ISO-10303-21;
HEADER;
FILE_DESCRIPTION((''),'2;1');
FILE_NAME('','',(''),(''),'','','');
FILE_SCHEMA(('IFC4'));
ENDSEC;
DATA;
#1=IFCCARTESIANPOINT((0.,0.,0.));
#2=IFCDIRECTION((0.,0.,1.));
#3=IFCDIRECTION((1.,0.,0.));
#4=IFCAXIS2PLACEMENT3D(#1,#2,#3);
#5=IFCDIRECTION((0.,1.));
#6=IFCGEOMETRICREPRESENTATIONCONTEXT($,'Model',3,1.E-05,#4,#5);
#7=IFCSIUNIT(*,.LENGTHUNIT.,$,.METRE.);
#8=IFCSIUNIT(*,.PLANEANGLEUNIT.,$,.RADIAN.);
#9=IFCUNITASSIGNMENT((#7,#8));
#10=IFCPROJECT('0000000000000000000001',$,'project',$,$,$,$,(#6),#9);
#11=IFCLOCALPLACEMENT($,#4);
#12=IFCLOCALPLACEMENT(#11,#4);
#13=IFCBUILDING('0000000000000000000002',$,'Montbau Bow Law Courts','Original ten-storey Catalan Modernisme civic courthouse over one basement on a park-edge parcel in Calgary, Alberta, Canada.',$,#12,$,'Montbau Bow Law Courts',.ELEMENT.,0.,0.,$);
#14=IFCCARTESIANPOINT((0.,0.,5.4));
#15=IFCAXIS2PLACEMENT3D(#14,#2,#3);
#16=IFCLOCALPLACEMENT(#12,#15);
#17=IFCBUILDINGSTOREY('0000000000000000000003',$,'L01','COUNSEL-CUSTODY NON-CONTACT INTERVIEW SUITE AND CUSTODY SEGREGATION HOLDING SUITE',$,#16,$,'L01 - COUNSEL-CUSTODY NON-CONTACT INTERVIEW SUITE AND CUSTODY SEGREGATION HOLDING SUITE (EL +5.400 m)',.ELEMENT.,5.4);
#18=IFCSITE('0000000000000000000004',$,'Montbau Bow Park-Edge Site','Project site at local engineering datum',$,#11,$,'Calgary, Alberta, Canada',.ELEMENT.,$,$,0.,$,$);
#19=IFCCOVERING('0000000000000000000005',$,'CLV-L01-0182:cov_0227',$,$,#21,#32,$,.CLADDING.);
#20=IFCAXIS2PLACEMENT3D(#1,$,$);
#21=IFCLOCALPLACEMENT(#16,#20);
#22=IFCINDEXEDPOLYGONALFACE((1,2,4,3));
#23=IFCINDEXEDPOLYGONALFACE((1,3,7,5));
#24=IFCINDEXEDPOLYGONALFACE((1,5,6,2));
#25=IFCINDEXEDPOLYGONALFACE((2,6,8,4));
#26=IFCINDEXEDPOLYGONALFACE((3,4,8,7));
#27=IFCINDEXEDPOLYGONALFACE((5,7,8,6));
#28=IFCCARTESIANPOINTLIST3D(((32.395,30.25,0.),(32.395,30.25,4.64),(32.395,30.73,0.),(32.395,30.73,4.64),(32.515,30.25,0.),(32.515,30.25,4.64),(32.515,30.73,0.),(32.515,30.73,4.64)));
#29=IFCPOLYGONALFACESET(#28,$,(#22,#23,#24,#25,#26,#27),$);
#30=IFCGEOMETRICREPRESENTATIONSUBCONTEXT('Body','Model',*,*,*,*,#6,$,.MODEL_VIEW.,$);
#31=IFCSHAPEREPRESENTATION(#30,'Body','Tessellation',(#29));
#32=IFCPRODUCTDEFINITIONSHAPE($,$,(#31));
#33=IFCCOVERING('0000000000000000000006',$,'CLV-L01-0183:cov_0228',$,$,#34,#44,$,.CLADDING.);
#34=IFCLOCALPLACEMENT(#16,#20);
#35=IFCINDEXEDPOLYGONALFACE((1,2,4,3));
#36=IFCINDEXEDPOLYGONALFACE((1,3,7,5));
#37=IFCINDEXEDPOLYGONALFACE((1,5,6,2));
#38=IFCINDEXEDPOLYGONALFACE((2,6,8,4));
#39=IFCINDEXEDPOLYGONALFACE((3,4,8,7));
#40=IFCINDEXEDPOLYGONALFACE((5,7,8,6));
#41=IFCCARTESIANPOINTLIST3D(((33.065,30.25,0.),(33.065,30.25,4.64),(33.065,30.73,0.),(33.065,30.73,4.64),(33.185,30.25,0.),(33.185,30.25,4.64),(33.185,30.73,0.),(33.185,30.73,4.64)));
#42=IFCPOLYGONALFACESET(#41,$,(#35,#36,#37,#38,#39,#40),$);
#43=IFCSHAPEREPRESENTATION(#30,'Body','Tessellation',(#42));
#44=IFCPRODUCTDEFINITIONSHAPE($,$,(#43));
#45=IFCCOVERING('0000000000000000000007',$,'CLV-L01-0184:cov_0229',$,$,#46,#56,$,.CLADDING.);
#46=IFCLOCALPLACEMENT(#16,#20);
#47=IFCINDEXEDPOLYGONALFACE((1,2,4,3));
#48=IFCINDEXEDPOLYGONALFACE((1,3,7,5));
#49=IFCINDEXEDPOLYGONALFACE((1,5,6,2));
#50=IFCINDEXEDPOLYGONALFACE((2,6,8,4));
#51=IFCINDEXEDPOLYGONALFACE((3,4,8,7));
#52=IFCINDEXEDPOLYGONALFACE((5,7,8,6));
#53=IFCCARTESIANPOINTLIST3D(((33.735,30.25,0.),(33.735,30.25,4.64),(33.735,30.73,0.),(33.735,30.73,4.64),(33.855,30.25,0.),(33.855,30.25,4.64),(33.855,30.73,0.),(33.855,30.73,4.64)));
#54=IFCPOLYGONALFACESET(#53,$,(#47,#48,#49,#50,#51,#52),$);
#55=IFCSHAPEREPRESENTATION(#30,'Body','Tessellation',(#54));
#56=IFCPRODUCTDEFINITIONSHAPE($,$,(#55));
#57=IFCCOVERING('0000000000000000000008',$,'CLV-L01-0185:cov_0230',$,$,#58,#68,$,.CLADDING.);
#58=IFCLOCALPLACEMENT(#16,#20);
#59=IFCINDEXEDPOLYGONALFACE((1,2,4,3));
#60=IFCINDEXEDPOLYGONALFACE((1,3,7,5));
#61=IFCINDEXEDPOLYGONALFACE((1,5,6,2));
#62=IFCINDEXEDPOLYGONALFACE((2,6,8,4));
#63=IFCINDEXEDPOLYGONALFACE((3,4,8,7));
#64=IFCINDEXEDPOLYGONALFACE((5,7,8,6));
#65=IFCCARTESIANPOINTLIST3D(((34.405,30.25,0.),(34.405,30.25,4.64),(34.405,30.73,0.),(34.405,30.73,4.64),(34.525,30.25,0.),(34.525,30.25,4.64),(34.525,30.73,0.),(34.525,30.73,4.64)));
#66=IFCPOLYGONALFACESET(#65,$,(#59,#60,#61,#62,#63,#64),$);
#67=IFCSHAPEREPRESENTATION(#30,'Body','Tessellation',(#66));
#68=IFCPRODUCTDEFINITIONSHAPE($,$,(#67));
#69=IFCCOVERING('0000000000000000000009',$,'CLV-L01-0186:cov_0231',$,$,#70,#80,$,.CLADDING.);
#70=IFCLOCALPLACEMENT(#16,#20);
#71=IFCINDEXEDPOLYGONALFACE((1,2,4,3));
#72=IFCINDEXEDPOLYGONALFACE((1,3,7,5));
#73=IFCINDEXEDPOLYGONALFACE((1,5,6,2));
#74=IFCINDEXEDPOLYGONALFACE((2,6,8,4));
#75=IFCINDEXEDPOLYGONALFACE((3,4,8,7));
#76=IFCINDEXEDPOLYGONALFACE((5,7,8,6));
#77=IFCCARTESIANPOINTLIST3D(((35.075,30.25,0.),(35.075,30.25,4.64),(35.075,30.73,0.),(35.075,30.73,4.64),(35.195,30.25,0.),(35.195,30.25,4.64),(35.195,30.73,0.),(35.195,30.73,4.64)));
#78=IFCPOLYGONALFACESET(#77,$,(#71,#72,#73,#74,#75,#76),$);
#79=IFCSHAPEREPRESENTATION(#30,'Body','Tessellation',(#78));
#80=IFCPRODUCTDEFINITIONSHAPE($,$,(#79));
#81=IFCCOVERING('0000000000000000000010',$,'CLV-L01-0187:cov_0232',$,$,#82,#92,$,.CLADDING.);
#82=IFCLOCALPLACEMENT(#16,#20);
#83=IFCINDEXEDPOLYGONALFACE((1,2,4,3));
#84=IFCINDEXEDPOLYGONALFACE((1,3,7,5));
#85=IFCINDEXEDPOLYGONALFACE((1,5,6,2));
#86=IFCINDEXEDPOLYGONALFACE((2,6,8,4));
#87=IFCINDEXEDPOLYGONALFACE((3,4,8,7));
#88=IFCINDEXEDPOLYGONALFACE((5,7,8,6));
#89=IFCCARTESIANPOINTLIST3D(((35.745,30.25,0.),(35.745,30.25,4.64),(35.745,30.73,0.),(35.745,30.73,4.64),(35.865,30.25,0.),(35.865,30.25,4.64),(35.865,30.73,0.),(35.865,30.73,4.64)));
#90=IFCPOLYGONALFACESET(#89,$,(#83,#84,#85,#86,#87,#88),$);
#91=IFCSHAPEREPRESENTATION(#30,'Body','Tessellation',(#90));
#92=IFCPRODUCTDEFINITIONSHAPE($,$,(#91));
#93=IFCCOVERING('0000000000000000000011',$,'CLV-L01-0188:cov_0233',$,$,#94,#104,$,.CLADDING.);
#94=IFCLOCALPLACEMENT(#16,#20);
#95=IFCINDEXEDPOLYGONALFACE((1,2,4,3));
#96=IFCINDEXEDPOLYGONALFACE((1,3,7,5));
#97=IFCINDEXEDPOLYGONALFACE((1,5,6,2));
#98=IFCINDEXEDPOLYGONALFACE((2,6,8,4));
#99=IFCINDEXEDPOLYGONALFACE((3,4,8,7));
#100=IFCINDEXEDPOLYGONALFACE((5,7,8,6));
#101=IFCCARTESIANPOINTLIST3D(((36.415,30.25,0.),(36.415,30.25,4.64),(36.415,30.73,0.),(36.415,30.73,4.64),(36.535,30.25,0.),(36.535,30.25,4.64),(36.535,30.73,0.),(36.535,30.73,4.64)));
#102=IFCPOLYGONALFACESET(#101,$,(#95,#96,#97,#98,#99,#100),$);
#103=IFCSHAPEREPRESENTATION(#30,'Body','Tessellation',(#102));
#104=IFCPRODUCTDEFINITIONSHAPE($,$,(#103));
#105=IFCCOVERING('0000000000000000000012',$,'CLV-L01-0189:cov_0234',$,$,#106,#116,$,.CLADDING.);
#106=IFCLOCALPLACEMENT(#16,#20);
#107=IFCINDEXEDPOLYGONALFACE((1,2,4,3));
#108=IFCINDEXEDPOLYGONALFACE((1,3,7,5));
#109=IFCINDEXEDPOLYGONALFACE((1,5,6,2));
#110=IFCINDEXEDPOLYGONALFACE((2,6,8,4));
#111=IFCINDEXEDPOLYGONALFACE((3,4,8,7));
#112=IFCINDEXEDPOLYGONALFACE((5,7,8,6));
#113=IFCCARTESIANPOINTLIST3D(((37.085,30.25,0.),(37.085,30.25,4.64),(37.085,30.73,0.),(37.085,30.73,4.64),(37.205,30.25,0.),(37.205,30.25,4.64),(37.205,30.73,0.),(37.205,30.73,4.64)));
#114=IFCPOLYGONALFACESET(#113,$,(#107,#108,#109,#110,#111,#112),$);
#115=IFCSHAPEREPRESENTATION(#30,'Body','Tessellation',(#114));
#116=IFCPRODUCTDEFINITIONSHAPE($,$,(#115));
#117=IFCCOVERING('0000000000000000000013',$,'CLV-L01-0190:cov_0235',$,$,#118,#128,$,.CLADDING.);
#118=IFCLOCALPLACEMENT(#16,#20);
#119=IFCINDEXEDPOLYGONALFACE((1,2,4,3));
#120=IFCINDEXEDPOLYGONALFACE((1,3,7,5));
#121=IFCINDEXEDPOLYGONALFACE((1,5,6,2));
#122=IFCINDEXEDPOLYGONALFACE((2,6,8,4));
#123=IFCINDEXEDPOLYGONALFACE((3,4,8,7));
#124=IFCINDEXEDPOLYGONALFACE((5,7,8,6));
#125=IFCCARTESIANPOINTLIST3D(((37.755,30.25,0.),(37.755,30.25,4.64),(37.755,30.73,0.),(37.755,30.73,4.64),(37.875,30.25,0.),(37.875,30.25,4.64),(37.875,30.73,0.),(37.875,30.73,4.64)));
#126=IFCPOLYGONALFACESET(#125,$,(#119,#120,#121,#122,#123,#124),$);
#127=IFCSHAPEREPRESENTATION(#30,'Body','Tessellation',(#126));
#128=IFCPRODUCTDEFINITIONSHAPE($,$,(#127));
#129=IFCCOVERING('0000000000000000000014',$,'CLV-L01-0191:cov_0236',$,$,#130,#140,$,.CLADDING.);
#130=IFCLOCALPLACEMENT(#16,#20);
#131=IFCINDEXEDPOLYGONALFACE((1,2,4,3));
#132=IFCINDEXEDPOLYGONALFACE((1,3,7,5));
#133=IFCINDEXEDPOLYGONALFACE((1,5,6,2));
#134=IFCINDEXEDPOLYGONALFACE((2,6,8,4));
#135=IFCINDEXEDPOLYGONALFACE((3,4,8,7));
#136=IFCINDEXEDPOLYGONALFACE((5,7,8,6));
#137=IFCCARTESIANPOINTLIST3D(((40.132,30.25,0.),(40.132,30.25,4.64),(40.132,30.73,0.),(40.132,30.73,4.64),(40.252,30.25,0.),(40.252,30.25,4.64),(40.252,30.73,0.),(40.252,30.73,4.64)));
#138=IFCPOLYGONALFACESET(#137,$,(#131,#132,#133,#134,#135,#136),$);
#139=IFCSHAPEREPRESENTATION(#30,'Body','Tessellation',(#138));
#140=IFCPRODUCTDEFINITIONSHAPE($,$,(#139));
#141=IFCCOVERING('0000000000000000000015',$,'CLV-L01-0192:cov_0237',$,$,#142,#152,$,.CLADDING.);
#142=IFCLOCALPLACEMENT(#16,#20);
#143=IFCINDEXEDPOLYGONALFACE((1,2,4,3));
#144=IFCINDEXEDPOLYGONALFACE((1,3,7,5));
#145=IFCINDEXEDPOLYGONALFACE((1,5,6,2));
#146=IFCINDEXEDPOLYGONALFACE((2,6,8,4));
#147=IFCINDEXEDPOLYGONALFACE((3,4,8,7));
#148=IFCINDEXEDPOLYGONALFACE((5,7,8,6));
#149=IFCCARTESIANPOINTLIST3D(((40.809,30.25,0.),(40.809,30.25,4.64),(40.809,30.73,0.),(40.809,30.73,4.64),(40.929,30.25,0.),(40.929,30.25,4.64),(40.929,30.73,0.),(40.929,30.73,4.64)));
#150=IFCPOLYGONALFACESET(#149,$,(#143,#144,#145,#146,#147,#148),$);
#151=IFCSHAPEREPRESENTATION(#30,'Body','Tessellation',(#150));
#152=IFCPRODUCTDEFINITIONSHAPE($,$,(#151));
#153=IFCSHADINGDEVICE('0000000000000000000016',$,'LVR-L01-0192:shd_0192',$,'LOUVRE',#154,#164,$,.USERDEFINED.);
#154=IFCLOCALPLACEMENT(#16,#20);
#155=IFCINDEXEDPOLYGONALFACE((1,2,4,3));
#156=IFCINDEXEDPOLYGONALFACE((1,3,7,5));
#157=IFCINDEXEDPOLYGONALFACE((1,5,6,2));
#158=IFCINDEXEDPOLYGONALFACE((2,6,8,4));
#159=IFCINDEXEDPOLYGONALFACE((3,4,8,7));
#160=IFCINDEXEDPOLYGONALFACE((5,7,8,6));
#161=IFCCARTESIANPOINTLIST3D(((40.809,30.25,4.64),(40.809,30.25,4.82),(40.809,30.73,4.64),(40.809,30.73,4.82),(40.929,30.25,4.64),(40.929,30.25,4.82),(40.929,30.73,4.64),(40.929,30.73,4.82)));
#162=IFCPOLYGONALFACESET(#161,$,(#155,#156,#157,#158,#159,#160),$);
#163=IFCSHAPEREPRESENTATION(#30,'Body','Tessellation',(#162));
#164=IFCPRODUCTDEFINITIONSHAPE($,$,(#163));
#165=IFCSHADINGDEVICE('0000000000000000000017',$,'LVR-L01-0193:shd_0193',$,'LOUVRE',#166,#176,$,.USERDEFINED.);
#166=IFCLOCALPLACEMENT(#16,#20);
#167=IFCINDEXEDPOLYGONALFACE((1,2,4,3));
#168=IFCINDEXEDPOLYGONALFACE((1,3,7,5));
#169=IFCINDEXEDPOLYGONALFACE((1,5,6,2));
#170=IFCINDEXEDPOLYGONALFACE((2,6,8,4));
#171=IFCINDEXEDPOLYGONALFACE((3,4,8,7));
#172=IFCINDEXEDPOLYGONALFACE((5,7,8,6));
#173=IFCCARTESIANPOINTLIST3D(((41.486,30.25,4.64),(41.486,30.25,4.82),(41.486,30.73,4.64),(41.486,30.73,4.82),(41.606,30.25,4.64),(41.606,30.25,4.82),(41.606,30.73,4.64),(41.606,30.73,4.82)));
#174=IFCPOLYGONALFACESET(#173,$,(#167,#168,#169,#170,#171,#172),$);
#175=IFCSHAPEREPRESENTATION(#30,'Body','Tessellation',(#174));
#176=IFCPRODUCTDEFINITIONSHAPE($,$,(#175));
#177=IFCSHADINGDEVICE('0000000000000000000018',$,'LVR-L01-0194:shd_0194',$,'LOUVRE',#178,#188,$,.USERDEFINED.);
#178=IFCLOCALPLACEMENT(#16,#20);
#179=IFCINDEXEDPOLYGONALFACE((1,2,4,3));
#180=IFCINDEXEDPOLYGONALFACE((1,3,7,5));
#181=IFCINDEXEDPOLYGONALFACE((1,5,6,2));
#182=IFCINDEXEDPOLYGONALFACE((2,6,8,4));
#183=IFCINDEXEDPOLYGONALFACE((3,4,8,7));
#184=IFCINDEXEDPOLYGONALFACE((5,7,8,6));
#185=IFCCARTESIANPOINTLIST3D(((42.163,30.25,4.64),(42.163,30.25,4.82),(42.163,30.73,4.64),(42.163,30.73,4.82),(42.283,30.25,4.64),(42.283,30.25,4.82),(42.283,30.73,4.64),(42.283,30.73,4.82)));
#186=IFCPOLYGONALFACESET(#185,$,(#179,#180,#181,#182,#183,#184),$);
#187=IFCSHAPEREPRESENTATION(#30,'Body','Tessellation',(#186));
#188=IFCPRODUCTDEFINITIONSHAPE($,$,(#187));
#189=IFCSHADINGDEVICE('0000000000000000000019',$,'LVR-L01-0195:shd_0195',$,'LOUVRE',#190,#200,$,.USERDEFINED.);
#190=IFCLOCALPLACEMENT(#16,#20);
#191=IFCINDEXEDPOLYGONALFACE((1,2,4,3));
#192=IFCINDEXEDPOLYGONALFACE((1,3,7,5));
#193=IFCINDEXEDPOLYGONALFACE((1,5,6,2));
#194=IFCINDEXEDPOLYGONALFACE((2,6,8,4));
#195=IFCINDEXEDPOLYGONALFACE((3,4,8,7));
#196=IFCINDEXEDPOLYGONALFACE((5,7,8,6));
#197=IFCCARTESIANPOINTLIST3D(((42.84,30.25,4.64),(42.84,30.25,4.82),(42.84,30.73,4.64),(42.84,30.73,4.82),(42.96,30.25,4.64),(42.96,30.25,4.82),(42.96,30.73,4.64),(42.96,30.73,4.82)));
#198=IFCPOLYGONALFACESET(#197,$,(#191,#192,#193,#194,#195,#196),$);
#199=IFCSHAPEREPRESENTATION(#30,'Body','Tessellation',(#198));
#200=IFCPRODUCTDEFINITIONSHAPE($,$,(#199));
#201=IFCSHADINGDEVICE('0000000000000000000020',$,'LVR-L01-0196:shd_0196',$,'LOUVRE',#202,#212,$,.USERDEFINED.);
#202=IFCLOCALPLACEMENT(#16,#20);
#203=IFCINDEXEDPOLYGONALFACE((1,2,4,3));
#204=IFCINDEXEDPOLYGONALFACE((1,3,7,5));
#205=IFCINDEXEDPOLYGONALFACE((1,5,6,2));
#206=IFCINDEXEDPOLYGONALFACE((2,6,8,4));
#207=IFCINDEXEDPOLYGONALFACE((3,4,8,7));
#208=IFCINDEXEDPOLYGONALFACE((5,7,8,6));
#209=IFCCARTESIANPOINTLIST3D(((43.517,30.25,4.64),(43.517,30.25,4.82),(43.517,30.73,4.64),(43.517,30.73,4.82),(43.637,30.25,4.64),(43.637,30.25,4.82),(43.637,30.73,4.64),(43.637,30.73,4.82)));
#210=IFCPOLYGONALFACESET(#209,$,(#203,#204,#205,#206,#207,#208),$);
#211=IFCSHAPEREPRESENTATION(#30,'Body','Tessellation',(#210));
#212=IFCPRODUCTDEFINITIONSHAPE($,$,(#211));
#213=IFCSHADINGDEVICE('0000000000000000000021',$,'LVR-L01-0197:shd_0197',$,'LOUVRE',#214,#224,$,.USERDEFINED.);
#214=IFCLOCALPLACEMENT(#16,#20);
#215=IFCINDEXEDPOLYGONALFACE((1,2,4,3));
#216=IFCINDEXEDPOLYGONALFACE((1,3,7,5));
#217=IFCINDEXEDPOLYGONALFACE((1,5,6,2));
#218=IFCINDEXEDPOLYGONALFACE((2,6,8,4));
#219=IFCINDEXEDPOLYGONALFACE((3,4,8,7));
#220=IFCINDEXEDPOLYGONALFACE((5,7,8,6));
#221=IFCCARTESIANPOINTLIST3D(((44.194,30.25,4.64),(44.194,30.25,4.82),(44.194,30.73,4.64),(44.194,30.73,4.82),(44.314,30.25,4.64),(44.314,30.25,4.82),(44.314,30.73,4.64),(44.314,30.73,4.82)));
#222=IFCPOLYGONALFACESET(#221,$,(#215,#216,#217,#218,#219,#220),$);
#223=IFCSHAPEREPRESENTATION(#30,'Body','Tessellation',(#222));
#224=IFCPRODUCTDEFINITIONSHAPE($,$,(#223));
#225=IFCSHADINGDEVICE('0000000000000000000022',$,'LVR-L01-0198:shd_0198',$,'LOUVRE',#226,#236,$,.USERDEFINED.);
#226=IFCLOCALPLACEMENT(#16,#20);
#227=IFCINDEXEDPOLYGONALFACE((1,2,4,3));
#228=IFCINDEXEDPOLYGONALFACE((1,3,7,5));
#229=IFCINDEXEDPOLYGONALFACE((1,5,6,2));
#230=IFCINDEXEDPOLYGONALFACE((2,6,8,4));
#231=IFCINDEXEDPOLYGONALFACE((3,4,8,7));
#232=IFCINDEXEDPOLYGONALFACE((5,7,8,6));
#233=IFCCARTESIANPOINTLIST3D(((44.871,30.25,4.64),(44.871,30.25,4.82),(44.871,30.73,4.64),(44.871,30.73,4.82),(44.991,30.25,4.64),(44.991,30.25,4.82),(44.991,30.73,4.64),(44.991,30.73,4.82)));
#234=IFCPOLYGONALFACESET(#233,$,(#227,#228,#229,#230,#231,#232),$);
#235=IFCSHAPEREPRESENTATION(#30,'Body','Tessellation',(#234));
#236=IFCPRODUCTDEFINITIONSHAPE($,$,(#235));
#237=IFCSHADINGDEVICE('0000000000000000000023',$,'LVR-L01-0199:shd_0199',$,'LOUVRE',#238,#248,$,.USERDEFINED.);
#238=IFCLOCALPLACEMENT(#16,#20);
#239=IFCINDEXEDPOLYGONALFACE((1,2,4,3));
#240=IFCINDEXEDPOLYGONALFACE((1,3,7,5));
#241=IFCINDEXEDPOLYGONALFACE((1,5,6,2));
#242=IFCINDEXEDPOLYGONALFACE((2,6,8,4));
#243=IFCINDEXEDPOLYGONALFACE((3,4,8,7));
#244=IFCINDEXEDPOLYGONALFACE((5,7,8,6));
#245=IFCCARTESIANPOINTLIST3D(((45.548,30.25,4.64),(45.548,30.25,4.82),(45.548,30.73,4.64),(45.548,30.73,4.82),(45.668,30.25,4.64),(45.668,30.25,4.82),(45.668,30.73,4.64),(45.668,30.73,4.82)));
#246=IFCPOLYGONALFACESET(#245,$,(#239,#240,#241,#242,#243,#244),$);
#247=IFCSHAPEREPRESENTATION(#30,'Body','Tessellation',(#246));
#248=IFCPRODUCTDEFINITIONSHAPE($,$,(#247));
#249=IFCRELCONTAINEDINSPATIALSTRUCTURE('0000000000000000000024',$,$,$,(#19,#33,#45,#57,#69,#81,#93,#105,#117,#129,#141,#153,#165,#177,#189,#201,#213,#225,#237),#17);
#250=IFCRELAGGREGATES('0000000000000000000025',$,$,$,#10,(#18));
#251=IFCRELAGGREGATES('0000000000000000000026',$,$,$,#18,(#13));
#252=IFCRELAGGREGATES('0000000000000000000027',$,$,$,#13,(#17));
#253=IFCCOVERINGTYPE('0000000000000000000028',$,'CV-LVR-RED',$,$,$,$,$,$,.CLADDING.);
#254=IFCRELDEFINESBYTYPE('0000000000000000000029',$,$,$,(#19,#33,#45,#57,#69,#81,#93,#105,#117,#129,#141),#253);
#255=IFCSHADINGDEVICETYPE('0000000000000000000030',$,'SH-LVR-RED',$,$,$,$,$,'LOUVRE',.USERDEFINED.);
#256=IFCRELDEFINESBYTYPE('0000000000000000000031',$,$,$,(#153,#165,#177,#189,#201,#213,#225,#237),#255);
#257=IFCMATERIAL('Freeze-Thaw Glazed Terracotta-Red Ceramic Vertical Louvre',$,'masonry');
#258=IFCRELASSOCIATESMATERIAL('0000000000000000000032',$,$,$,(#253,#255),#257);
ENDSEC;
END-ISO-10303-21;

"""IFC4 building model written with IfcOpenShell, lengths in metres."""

from ifc_helpers import new_model, si_unit, direction, frame, frame_2d, origin_with_axes, origin_2d_with_axis, place, context, subcontext, project, spatial, rectangle, extrude, material, type_object, element, save


model = new_model("IFC4")

# Units and contexts
model_context = context("Model", 3, precision=1e-05, world=origin_with_axes(), true_north=direction((0.0, 1.0)))
body_context = subcontext(model_context, "Body", "Model", "MODEL_VIEW")
ifc_project = project(units=[si_unit("LENGTHUNIT", "METRE"), si_unit("PLANEANGLEUNIT", "RADIAN")], contexts=[model_context])

# Site, building, storey
site_placement = place(None, origin_with_axes())
site = spatial("IfcSite", under=ifc_project, at=site_placement, Name="Montbau Bow Park-Edge Site", Description="Project site at local engineering datum", LongName="Calgary, Alberta, Canada", CompositionType="ELEMENT", RefElevation=0.0)
building_placement = place(site_placement, origin_with_axes())
building = spatial("IfcBuilding", under=site, at=building_placement, Name="Montbau Bow Law Courts", Description="Original ten-storey Catalan Modernisme civic courthouse over one basement on a park-edge parcel in Calgary, Alberta, Canada.", LongName="Montbau Bow Law Courts", CompositionType="ELEMENT", ElevationOfRefHeight=0.0, ElevationOfTerrain=0.0)
storey_placement = place(building_placement, frame((0.0, 0.0, 5.4), z_axis=(0.0, 0.0, 1.0), x_axis=(1.0, 0.0, 0.0)))
storey = spatial("IfcBuildingStorey", under=building, at=storey_placement, Name="L01", Description="COUNSEL-CUSTODY NON-CONTACT INTERVIEW SUITE AND CUSTODY SEGREGATION HOLDING SUITE", LongName="L01 - COUNSEL-CUSTODY NON-CONTACT INTERVIEW SUITE AND CUSTODY SEGREGATION HOLDING SUITE (EL +5.400 m)", CompositionType="ELEMENT", Elevation=5.4)

# Coverings
ifc_material_1 = material(Name="Freeze-Thaw Glazed Terracotta-Red Ceramic Vertical Louvre", Category="masonry")
covering_type = type_object("IfcCoveringType", Name="CV-LVR-RED", PredefinedType="CLADDING", material=ifc_material_1)
for number, where, z_axis, x_axis, name in (
    (1, (32.455, 30.73, 5.4), (-1.0, 0.0, 0.0), (0.0, -1.0, 0.0), "CLV-L01-0182:cov_0227"),
    (2, (33.125, 30.73, 5.4), (-1.0, 0.0, 0.0), (0.0, -1.0, 0.0), "CLV-L01-0183:cov_0228"),
    (3, (33.795, 30.73, 5.4), (-1.0, 0.0, 0.0), (0.0, -1.0, 0.0), "CLV-L01-0184:cov_0229"),
    (4, (34.465, 30.73, 5.4), (-1.0, 0.0, 0.0), (0.0, -1.0, 0.0), "CLV-L01-0185:cov_0230"),
    (5, (35.135, 30.73, 5.4), (-1.0, 0.0, 0.0), (0.0, -1.0, 0.0), "CLV-L01-0186:cov_0231"),
    (6, (35.805, 30.73, 5.4), (-1.0, 0.0, 0.0), (0.0, -1.0, 0.0), "CLV-L01-0187:cov_0232"),
    (7, (36.475, 30.73, 5.4), (-1.0, 0.0, 0.0), (0.0, -1.0, 0.0), "CLV-L01-0188:cov_0233"),
    (8, (37.145, 30.73, 5.4), (-1.0, 0.0, 0.0), (0.0, -1.0, 0.0), "CLV-L01-0189:cov_0234"),
    (9, (37.815, 30.73, 5.4), (-1.0, 0.0, 0.0), (0.0, -1.0, 0.0), "CLV-L01-0190:cov_0235"),
    (10, (40.192, 30.73, 5.4), (-1.0, 0.0, 0.0), (0.0, -1.0, 0.0), "CLV-L01-0191:cov_0236"),
    (11, (40.869, 30.73, 5.4), (-1.0, 0.0, 0.0), (0.0, -1.0, 0.0), "CLV-L01-0192:cov_0237"),
):
    element("IfcCovering", number, at=place(None, frame(where, z_axis=z_axis, x_axis=x_axis)), inside=storey, type_object=covering_type, Name=name, PredefinedType="CLADDING", context=body_context, shape_type="SweptSolid", body=[
        extrude(rectangle(XDim=0.48, YDim=4.64, at=frame_2d((0.24, 2.32), x_axis=(1.0, 0.0))), frame((0.0, 0.0, -0.06), z_axis=(0.0, 0.0, 1.0), x_axis=(1.0, 0.0, 0.0)), (0.0, 0.0, 1.0), 0.12),
    ])

# Shading devices
shading_device_type = type_object("IfcShadingDeviceType", Name="SH-LVR-RED", ElementType="LOUVRE", PredefinedType="USERDEFINED", material=ifc_material_1)
for number, where, z_axis, x_axis, name in (
    (12, (40.869, 30.49, 10.04), (0.0, 0.0, 1.0), (0.0, -1.0, 0.0), "LVR-L01-0192:shd_0192"),
    (13, (41.546, 30.49, 10.04), (0.0, 0.0, 1.0), (0.0, -1.0, 0.0), "LVR-L01-0193:shd_0193"),
    (14, (42.223, 30.49, 10.04), (0.0, 0.0, 1.0), (0.0, -1.0, 0.0), "LVR-L01-0194:shd_0194"),
    (15, (42.9, 30.49, 10.04), (0.0, 0.0, 1.0), (0.0, -1.0, 0.0), "LVR-L01-0195:shd_0195"),
    (16, (43.577, 30.49, 10.04), (0.0, 0.0, 1.0), (0.0, -1.0, 0.0), "LVR-L01-0196:shd_0196"),
    (17, (44.254, 30.49, 10.04), (0.0, 0.0, 1.0), (0.0, -1.0, 0.0), "LVR-L01-0197:shd_0197"),
    (18, (44.931, 30.49, 10.04), (0.0, 0.0, 1.0), (0.0, -1.0, 0.0), "LVR-L01-0198:shd_0198"),
    (19, (45.608, 30.49, 10.04), (0.0, 0.0, 1.0), (0.0, -1.0, 0.0), "LVR-L01-0199:shd_0199"),
):
    element("IfcShadingDevice", number, at=place(None, frame(where, z_axis=z_axis, x_axis=x_axis)), inside=storey, type_object=shading_device_type, Name=name, ObjectType="LOUVRE", PredefinedType="USERDEFINED", context=body_context, shape_type="SweptSolid", body=[
        extrude(rectangle(XDim=0.48, YDim=0.12, at=origin_2d_with_axis()), origin_with_axes(), (0.0, 0.0, 1.0), 0.18),
    ])

save(model, "model.ifc")
